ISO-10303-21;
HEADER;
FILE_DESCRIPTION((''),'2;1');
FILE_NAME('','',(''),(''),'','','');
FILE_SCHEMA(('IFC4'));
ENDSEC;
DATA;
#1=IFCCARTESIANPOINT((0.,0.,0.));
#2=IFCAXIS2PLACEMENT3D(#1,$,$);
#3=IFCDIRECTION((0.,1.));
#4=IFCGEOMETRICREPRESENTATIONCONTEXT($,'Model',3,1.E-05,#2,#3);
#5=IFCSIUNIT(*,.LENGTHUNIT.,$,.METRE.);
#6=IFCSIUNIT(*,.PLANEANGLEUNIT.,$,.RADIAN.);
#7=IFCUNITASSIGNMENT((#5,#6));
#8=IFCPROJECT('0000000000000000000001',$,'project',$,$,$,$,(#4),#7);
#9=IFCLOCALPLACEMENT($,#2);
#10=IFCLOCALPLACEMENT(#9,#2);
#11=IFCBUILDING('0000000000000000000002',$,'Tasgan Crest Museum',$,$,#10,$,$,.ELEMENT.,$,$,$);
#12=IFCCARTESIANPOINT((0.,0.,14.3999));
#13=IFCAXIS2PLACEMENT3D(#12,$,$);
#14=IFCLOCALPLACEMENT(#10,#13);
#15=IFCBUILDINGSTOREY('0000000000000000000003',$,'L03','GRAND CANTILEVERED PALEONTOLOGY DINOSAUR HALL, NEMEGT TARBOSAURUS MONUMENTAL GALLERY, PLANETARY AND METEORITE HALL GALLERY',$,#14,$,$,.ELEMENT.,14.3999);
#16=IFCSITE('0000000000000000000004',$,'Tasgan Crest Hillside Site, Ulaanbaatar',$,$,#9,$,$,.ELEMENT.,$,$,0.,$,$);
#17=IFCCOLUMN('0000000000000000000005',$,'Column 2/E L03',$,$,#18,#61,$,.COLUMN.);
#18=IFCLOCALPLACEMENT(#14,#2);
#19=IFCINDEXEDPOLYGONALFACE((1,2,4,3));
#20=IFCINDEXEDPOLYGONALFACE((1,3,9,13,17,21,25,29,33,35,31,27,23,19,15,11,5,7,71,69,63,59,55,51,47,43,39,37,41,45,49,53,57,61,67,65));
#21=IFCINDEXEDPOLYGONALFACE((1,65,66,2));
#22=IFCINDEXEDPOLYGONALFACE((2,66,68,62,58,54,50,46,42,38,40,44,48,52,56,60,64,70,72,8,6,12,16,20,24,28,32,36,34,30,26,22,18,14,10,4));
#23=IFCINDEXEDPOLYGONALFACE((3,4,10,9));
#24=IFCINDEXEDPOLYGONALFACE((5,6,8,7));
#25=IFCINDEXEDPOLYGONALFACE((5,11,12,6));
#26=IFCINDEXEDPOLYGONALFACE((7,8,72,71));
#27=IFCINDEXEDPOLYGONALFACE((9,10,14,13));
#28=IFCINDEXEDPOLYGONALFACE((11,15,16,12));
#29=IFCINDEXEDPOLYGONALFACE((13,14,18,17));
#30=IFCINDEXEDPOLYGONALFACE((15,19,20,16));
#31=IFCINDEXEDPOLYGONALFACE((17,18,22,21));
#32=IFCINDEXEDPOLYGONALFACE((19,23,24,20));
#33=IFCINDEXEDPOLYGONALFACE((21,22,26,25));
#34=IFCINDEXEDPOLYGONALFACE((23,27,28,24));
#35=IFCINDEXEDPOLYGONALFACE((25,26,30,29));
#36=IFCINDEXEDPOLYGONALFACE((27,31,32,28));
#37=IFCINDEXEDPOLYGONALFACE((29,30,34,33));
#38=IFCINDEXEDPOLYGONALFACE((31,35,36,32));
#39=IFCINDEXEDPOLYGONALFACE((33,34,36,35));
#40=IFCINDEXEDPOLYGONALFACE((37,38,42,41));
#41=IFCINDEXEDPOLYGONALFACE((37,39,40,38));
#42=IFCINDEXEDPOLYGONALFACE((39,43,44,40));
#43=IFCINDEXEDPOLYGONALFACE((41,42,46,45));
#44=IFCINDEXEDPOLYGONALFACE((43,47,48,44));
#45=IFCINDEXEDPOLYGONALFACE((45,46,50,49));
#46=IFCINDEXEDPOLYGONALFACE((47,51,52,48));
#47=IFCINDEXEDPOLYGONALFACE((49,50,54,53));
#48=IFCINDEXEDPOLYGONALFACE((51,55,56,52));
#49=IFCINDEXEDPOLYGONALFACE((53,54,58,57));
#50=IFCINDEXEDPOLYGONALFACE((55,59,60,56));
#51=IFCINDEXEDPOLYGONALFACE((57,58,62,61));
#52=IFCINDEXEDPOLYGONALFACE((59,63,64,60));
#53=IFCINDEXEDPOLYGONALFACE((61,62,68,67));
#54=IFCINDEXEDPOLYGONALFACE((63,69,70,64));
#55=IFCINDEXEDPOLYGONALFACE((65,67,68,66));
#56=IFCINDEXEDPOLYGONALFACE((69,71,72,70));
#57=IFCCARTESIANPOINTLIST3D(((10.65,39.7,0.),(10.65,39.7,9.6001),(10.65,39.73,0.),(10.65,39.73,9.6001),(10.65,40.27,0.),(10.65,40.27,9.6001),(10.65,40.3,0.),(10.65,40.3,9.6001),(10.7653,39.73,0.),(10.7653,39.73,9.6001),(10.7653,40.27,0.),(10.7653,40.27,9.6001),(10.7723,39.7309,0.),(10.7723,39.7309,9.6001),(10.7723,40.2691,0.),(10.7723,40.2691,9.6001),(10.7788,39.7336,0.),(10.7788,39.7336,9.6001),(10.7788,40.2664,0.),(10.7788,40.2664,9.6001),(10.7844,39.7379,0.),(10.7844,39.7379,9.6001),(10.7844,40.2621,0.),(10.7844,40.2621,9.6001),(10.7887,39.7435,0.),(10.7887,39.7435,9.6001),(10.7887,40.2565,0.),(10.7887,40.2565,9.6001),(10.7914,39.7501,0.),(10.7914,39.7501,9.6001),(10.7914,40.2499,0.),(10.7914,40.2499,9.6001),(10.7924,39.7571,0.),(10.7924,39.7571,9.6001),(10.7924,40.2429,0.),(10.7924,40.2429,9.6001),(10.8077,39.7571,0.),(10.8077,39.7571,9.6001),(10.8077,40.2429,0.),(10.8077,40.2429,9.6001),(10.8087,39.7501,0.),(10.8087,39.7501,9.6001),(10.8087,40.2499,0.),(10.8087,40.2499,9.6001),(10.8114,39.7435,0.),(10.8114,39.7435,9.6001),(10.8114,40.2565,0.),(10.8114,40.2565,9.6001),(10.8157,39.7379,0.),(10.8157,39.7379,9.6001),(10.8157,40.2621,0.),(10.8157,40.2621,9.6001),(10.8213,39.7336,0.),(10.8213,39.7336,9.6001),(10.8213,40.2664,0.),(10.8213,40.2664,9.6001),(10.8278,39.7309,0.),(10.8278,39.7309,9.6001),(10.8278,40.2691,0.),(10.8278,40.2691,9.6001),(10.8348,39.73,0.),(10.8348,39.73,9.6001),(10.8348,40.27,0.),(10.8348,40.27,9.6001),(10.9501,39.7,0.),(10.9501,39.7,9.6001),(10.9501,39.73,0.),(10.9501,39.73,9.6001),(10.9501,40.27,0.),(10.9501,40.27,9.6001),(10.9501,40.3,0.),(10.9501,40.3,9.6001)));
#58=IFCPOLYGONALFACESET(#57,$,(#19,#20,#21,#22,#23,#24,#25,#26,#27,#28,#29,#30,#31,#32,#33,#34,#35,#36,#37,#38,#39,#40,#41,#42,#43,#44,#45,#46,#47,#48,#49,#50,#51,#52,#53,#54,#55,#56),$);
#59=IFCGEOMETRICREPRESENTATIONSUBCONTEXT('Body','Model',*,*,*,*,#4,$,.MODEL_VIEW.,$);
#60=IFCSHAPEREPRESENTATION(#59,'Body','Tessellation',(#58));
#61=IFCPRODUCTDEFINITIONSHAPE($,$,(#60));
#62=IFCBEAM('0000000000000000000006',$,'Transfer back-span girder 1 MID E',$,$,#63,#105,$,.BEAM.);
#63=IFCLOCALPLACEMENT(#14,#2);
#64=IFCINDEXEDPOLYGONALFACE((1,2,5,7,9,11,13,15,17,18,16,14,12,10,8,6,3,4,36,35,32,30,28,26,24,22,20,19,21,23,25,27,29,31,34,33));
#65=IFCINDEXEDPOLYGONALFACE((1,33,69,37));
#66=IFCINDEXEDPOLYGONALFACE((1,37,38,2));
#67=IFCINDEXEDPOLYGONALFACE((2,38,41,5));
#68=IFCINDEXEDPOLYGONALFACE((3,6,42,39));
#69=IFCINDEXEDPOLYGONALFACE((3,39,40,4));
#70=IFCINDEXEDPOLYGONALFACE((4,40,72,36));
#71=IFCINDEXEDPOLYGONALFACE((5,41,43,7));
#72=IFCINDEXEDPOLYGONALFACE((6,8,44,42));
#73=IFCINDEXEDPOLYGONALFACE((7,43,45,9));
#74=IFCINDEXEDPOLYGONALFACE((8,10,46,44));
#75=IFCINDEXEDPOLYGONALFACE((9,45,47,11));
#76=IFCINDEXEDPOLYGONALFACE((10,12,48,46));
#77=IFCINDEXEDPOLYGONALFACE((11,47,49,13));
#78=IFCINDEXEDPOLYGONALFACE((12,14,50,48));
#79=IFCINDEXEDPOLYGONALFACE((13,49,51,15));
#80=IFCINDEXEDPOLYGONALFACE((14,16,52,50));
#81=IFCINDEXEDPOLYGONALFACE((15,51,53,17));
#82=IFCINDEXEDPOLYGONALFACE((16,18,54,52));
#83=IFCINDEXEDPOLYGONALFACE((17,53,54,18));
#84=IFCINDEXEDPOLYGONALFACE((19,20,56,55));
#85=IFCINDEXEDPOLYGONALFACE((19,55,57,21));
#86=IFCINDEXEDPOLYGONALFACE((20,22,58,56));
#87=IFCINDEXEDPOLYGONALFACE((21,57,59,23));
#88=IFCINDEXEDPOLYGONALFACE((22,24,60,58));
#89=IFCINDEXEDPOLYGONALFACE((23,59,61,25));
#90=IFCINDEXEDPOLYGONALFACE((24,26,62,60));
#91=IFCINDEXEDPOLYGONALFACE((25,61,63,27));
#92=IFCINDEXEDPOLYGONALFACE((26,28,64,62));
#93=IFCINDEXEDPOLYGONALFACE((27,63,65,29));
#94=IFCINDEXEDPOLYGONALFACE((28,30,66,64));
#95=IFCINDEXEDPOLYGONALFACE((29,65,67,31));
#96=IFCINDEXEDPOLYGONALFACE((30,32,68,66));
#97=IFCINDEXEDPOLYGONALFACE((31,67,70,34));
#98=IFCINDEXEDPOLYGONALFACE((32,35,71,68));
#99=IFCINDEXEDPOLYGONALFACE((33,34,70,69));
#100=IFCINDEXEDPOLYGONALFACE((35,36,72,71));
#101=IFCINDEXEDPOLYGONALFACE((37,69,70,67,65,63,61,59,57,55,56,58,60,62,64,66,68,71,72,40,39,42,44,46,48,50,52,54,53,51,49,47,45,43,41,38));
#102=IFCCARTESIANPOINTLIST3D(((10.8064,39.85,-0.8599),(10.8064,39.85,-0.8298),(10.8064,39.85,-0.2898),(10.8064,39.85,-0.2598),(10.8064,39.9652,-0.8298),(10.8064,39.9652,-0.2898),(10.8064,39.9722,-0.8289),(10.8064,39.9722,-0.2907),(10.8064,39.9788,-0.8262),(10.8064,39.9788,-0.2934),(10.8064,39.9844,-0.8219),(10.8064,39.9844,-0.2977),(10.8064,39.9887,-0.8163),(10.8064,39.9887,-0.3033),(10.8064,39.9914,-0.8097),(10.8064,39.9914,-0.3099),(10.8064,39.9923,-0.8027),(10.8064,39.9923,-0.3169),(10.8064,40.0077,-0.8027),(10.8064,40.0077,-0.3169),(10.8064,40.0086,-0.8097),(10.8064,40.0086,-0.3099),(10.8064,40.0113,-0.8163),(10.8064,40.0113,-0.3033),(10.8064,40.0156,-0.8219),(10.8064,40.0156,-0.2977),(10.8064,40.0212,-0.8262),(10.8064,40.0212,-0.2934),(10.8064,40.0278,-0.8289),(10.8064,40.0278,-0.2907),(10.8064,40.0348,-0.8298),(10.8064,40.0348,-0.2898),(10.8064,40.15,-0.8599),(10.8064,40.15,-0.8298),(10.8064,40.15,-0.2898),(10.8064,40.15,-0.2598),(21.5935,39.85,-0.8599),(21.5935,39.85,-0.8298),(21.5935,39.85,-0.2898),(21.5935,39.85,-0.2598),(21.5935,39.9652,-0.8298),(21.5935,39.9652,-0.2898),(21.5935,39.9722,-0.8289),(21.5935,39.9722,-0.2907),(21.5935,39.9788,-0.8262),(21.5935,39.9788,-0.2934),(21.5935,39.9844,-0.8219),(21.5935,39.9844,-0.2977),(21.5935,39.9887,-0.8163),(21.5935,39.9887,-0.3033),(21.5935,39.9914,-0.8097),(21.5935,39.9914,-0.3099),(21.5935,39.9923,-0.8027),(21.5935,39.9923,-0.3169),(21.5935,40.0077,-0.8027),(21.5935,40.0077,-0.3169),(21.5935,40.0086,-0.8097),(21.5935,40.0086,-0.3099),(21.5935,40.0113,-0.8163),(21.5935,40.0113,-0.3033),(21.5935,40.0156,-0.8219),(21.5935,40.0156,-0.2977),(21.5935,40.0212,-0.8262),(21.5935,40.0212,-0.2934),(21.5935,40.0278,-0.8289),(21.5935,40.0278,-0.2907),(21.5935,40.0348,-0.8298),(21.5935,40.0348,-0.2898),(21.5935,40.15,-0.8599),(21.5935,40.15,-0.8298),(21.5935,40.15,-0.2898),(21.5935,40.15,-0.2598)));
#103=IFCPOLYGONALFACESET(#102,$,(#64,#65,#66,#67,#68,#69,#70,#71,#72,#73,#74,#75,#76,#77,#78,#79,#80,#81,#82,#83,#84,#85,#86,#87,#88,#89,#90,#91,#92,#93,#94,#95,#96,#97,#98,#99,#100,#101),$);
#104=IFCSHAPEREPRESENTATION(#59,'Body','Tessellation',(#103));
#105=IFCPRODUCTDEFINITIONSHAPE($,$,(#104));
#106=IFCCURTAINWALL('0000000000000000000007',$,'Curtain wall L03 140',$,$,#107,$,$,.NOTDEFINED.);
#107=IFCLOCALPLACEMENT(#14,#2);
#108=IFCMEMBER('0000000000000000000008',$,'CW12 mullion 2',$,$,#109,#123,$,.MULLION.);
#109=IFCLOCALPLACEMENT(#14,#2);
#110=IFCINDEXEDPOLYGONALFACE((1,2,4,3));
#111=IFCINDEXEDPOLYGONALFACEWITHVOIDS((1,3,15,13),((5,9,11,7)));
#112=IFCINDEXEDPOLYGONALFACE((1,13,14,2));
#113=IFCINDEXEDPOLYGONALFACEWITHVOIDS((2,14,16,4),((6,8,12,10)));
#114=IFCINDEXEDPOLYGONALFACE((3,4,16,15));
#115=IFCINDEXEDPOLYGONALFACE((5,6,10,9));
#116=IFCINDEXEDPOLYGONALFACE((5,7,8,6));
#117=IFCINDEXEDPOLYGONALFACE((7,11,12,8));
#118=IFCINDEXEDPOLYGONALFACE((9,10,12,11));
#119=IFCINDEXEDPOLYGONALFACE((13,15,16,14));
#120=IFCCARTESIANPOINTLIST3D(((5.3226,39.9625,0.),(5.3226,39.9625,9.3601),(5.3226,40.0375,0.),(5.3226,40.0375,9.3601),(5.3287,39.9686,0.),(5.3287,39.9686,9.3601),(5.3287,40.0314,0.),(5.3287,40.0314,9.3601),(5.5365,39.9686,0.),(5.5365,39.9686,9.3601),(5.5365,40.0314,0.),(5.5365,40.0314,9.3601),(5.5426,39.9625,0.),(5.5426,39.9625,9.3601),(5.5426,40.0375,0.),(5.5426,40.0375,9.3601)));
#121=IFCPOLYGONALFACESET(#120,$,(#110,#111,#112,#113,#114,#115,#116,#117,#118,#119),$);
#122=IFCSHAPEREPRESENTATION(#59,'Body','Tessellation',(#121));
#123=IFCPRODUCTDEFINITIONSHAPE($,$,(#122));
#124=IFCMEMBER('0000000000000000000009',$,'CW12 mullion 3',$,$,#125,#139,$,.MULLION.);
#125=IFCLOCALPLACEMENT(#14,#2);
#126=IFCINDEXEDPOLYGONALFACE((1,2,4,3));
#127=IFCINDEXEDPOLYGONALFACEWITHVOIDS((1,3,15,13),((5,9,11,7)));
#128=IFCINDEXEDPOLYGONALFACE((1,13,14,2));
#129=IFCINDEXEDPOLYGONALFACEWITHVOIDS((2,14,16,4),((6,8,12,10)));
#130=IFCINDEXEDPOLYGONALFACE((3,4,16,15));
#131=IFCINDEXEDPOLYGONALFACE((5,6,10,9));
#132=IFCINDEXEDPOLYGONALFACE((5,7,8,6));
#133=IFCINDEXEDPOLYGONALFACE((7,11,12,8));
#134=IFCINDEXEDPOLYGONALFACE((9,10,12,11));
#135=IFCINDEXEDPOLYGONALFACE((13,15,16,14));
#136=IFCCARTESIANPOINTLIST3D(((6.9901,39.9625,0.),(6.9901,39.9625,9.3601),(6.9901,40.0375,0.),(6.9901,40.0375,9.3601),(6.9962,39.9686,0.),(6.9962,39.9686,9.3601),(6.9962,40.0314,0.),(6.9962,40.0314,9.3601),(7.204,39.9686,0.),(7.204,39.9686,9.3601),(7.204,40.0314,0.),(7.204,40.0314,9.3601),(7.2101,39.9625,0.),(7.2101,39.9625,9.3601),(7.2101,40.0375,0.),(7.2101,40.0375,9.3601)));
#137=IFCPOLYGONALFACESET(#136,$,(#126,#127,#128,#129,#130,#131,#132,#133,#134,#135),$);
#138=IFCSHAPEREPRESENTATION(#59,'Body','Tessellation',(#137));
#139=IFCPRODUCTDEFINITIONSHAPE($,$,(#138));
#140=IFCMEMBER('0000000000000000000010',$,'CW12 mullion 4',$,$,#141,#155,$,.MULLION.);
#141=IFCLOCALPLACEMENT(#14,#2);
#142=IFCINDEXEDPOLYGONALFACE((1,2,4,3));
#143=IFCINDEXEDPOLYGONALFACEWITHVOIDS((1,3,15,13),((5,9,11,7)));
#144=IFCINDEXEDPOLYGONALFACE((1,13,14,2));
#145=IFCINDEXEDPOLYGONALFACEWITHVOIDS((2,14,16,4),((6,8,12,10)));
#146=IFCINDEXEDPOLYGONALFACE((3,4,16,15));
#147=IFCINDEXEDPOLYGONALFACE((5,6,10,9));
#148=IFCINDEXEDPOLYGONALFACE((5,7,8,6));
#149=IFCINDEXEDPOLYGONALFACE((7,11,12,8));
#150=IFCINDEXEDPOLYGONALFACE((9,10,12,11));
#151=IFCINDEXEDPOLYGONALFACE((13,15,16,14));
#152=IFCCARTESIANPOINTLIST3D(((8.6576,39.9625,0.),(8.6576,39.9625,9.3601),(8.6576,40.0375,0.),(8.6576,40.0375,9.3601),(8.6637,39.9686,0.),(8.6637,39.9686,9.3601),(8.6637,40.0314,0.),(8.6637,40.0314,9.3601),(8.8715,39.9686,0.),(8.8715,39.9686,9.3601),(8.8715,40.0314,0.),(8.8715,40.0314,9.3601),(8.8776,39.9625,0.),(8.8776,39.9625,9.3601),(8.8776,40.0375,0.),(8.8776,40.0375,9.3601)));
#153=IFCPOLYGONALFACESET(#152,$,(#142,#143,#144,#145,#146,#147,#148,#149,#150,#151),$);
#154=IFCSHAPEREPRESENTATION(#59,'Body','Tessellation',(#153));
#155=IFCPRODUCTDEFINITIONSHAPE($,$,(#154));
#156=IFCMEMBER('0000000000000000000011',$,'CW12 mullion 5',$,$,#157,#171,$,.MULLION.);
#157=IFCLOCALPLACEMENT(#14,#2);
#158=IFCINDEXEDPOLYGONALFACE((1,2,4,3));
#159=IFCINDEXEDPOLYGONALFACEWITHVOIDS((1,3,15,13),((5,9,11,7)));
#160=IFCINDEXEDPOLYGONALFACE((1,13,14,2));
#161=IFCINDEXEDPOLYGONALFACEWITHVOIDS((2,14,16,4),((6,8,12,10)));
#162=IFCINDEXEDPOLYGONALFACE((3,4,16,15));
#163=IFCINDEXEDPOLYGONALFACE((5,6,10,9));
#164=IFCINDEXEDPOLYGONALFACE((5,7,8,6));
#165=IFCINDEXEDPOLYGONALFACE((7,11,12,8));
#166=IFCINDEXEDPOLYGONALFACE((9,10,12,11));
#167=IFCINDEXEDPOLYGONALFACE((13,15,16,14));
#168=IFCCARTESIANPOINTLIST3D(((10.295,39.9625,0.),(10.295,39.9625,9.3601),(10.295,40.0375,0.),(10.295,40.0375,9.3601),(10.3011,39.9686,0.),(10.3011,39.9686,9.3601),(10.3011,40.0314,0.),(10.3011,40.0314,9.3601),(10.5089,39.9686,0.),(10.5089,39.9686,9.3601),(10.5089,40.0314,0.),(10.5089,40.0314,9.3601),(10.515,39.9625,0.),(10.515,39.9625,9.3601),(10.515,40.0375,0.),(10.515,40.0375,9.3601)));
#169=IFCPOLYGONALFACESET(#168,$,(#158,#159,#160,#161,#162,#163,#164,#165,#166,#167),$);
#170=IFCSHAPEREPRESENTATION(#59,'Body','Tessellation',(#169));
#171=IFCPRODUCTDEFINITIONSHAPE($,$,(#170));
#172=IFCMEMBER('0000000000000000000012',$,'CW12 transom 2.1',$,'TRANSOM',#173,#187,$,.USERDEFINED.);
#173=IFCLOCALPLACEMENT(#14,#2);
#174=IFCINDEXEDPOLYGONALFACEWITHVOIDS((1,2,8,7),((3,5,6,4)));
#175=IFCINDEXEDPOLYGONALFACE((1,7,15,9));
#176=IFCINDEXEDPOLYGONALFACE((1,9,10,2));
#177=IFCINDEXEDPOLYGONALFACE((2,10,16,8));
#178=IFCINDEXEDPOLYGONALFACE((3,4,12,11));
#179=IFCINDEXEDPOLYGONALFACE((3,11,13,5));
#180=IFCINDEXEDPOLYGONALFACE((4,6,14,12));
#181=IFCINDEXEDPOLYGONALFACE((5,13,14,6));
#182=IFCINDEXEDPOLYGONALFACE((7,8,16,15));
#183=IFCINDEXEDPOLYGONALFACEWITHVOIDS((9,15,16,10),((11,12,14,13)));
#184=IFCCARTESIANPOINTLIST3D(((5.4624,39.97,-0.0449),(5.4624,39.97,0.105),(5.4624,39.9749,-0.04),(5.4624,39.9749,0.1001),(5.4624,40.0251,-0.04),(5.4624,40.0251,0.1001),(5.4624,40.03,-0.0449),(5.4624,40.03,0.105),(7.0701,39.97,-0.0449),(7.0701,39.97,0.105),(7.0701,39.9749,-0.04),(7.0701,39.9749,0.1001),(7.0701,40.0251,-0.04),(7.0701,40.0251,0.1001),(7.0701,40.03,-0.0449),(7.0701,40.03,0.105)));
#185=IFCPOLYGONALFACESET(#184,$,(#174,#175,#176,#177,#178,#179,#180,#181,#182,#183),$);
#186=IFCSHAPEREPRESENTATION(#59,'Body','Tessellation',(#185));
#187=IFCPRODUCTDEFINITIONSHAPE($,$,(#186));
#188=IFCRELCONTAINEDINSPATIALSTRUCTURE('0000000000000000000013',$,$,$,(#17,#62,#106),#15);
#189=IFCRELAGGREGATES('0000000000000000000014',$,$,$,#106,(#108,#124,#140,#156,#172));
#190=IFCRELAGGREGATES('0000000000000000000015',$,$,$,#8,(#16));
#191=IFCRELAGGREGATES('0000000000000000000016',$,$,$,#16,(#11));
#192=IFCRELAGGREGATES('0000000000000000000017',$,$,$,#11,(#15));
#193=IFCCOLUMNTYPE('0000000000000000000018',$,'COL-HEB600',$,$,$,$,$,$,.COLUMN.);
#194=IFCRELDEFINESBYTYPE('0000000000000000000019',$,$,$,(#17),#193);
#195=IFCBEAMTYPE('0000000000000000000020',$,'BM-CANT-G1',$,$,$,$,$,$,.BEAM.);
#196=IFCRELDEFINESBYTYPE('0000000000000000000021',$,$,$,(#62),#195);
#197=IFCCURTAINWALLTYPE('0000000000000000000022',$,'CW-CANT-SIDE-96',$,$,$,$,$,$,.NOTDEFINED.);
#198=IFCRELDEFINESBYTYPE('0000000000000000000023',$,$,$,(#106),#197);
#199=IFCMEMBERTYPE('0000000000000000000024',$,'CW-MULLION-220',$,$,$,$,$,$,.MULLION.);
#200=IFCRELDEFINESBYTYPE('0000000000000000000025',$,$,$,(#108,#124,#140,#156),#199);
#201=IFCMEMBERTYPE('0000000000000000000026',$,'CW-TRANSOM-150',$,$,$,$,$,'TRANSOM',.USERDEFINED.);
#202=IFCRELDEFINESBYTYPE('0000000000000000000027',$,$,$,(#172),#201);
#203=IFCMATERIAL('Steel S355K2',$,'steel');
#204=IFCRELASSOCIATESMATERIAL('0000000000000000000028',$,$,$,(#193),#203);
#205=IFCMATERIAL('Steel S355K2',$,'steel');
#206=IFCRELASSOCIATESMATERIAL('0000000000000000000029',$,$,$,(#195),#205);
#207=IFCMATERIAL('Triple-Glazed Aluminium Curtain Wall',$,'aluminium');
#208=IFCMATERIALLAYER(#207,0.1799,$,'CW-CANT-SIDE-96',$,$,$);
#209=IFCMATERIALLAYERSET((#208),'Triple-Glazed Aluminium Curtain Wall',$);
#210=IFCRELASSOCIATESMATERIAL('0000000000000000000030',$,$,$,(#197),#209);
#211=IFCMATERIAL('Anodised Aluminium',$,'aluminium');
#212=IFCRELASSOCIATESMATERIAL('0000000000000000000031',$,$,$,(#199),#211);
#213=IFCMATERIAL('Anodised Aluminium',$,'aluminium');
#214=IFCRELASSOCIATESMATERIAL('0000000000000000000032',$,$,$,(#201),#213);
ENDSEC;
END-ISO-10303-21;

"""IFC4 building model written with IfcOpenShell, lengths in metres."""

from ifc_helpers import new_model, si_unit, direction, frame, origin, origin_2d, place, context, subcontext, project, spatial, hollow_rectangle, i_section, extrude, material, layer, layer_set, material_profile, profile_set, type_object, element, aggregate, save


model = new_model("IFC4")

# Units and contexts
model_context = context("Model", 3, precision=1e-05, world=origin(), true_north=direction((0.0, 1.0)))
body_context = subcontext(model_context, "Body", "Model", "MODEL_VIEW")
ifc_project = project(units=[si_unit("LENGTHUNIT", "METRE"), si_unit("PLANEANGLEUNIT", "RADIAN")], contexts=[model_context])

# Site, building, storey
site_placement = place(None, origin())
site = spatial("IfcSite", under=ifc_project, at=site_placement, Name="Tasgan Crest Hillside Site, Ulaanbaatar", CompositionType="ELEMENT", RefElevation=0.0)
building_placement = place(site_placement, origin())
building = spatial("IfcBuilding", under=site, at=building_placement, Name="Tasgan Crest Museum", CompositionType="ELEMENT")
storey_placement = place(building_placement, frame((0.0, 0.0, 14.3999)))
storey = spatial("IfcBuildingStorey", under=building, at=storey_placement, Name="L03", Description="GRAND CANTILEVERED PALEONTOLOGY DINOSAUR HALL, NEMEGT TARBOSAURUS MONUMENTAL GALLERY, PLANETARY AND METEORITE HALL GALLERY", CompositionType="ELEMENT", Elevation=14.3999)

# Column
ifc_material_1 = material(Name="Steel S355K2", Category="steel")
ifc_material_profile_1 = material_profile(ifc_material_1, i_section(OverallWidth=0.3, OverallDepth=0.6001, WebThickness=0.0154, FlangeThickness=0.03, FilletRadius=0.0271, at=origin_2d()), Name="HEB 600")
ifc_profile_set_1 = profile_set([ifc_material_profile_1], Name="Steel S355K2")
column_type = type_object("IfcColumnType", Name="COL-HEB600", PredefinedType="COLUMN", material=ifc_profile_set_1)
column_placement = place(storey_placement, frame((10.8, 40.0, 0.0), z_axis=(0.0, 0.0, 1.0), x_axis=(1.0, 0.0, 0.0)))
element("IfcColumn", 1, at=column_placement, inside=storey, type_object=column_type, Name="Column 2/E L03", PredefinedType="COLUMN", context=body_context, shape_type="SweptSolid", body=[
    extrude(i_section(OverallWidth=0.3, OverallDepth=0.6001, WebThickness=0.0154, FlangeThickness=0.03, FilletRadius=0.0271, at=origin_2d()), origin(), (0.0, 0.0, 1.0), 9.6001),
])

# Beam
ifc_material_2 = material(Name="Steel S355K2", Category="steel")
ifc_material_profile_2 = material_profile(ifc_material_2, i_section(OverallWidth=0.3, OverallDepth=0.6001, WebThickness=0.0154, FlangeThickness=0.03, FilletRadius=0.0271, at=origin_2d()), Name="HEB 600")
ifc_profile_set_2 = profile_set([ifc_material_profile_2], Name="Steel S355K2")
beam_type = type_object("IfcBeamType", Name="BM-CANT-G1", PredefinedType="BEAM", material=ifc_profile_set_2)
beam_placement = place(storey_placement, frame((10.8064, 40.0, -0.5598), z_axis=(1.0, 0.0, 0.0), x_axis=(0.0, 1.0, 0.0)))
element("IfcBeam", 2, at=beam_placement, inside=storey, type_object=beam_type, Name="Transfer back-span girder 1 MID E", PredefinedType="BEAM", context=body_context, shape_type="SweptSolid", body=[
    extrude(i_section(OverallWidth=0.3, OverallDepth=0.6001, WebThickness=0.0154, FlangeThickness=0.03, FilletRadius=0.0271, at=origin_2d()), origin(), (0.0, 0.0, 1.0), 10.7871),
])

# Curtain wall, members
ifc_material_3 = material(Name="Triple-Glazed Aluminium Curtain Wall", Category="aluminium")
ifc_layer_1 = layer(ifc_material_3, 0.1799, Name="CW-CANT-SIDE-96")
ifc_layer_set_1 = layer_set([ifc_layer_1], Name="Triple-Glazed Aluminium Curtain Wall")
curtain_wall_type = type_object("IfcCurtainWallType", Name="CW-CANT-SIDE-96", PredefinedType="NOTDEFINED", material=ifc_layer_set_1)
curtain_wall_placement = place(storey_placement, origin())
curtain_wall = element("IfcCurtainWall", 3, at=curtain_wall_placement, inside=storey, type_object=curtain_wall_type, Name="Curtain wall L03 140", PredefinedType="NOTDEFINED")
ifc_material_4 = material(Name="Anodised Aluminium", Category="aluminium")
ifc_material_profile_3 = material_profile(ifc_material_4, hollow_rectangle(XDim=0.075, YDim=0.22, WallThickness=0.0061, at=origin_2d()), Name="ALU MULLION 220x75x6")
ifc_profile_set_3 = profile_set([ifc_material_profile_3], Name="Anodised Aluminium")
member_type_1 = type_object("IfcMemberType", Name="CW-MULLION-220", PredefinedType="MULLION", material=ifc_profile_set_3)
member_1_placement = place(storey_placement, frame((5.4326, 40.0, 0.0), z_axis=(0.0, 0.0, 1.0), x_axis=(0.0, 1.0, 0.0)))
member_1 = element("IfcMember", 4, at=member_1_placement, type_object=member_type_1, Name="CW12 mullion 2", PredefinedType="MULLION", context=body_context, shape_type="SweptSolid", body=[
    extrude(hollow_rectangle(XDim=0.075, YDim=0.22, WallThickness=0.0061, at=origin_2d()), origin(), (0.0, 0.0, 1.0), 9.3601),
])
member_2_placement = place(storey_placement, frame((7.1001, 40.0, 0.0), z_axis=(0.0, 0.0, 1.0), x_axis=(0.0, 1.0, 0.0)))
member_2 = element("IfcMember", 5, at=member_2_placement, type_object=member_type_1, Name="CW12 mullion 3", PredefinedType="MULLION", context=body_context, shape_type="SweptSolid", body=[
    extrude(hollow_rectangle(XDim=0.075, YDim=0.22, WallThickness=0.0061, at=origin_2d()), origin(), (0.0, 0.0, 1.0), 9.3601),
])
member_3_placement = place(storey_placement, frame((8.7676, 40.0, 0.0), z_axis=(0.0, 0.0, 1.0), x_axis=(0.0, 1.0, 0.0)))
member_3 = element("IfcMember", 6, at=member_3_placement, type_object=member_type_1, Name="CW12 mullion 4", PredefinedType="MULLION", context=body_context, shape_type="SweptSolid", body=[
    extrude(hollow_rectangle(XDim=0.075, YDim=0.22, WallThickness=0.0061, at=origin_2d()), origin(), (0.0, 0.0, 1.0), 9.3601),
])
member_4_placement = place(storey_placement, frame((10.405, 40.0, 0.0), z_axis=(0.0, 0.0, 1.0), x_axis=(0.0, 1.0, 0.0)))
member_4 = element("IfcMember", 7, at=member_4_placement, type_object=member_type_1, Name="CW12 mullion 5", PredefinedType="MULLION", context=body_context, shape_type="SweptSolid", body=[
    extrude(hollow_rectangle(XDim=0.075, YDim=0.22, WallThickness=0.0061, at=origin_2d()), origin(), (0.0, 0.0, 1.0), 9.3601),
])
ifc_material_5 = material(Name="Anodised Aluminium", Category="aluminium")
ifc_material_profile_4 = material_profile(ifc_material_5, hollow_rectangle(XDim=0.0601, YDim=0.1499, WallThickness=0.0049, at=origin_2d()), Name="ALU TRANSOM 150x60x5")
ifc_profile_set_4 = profile_set([ifc_material_profile_4], Name="Anodised Aluminium")
member_type_2 = type_object("IfcMemberType", Name="CW-TRANSOM-150", ElementType="TRANSOM", PredefinedType="USERDEFINED", material=ifc_profile_set_4)
member_5_placement = place(storey_placement, frame((5.4624, 40.0, 0.03), z_axis=(1.0, 0.0, 0.0), x_axis=(0.0, 1.0, 0.0)))
member_5 = element("IfcMember", 8, at=member_5_placement, type_object=member_type_2, Name="CW12 transom 2.1", ObjectType="TRANSOM", PredefinedType="USERDEFINED", context=body_context, shape_type="SweptSolid", body=[
    extrude(hollow_rectangle(XDim=0.0601, YDim=0.1499, WallThickness=0.0049, at=origin_2d()), origin(), (0.0, 0.0, 1.0), 1.6077),
])
aggregate(curtain_wall, [member_1, member_2, member_3, member_4, member_5])

save(model, "model.ifc")
